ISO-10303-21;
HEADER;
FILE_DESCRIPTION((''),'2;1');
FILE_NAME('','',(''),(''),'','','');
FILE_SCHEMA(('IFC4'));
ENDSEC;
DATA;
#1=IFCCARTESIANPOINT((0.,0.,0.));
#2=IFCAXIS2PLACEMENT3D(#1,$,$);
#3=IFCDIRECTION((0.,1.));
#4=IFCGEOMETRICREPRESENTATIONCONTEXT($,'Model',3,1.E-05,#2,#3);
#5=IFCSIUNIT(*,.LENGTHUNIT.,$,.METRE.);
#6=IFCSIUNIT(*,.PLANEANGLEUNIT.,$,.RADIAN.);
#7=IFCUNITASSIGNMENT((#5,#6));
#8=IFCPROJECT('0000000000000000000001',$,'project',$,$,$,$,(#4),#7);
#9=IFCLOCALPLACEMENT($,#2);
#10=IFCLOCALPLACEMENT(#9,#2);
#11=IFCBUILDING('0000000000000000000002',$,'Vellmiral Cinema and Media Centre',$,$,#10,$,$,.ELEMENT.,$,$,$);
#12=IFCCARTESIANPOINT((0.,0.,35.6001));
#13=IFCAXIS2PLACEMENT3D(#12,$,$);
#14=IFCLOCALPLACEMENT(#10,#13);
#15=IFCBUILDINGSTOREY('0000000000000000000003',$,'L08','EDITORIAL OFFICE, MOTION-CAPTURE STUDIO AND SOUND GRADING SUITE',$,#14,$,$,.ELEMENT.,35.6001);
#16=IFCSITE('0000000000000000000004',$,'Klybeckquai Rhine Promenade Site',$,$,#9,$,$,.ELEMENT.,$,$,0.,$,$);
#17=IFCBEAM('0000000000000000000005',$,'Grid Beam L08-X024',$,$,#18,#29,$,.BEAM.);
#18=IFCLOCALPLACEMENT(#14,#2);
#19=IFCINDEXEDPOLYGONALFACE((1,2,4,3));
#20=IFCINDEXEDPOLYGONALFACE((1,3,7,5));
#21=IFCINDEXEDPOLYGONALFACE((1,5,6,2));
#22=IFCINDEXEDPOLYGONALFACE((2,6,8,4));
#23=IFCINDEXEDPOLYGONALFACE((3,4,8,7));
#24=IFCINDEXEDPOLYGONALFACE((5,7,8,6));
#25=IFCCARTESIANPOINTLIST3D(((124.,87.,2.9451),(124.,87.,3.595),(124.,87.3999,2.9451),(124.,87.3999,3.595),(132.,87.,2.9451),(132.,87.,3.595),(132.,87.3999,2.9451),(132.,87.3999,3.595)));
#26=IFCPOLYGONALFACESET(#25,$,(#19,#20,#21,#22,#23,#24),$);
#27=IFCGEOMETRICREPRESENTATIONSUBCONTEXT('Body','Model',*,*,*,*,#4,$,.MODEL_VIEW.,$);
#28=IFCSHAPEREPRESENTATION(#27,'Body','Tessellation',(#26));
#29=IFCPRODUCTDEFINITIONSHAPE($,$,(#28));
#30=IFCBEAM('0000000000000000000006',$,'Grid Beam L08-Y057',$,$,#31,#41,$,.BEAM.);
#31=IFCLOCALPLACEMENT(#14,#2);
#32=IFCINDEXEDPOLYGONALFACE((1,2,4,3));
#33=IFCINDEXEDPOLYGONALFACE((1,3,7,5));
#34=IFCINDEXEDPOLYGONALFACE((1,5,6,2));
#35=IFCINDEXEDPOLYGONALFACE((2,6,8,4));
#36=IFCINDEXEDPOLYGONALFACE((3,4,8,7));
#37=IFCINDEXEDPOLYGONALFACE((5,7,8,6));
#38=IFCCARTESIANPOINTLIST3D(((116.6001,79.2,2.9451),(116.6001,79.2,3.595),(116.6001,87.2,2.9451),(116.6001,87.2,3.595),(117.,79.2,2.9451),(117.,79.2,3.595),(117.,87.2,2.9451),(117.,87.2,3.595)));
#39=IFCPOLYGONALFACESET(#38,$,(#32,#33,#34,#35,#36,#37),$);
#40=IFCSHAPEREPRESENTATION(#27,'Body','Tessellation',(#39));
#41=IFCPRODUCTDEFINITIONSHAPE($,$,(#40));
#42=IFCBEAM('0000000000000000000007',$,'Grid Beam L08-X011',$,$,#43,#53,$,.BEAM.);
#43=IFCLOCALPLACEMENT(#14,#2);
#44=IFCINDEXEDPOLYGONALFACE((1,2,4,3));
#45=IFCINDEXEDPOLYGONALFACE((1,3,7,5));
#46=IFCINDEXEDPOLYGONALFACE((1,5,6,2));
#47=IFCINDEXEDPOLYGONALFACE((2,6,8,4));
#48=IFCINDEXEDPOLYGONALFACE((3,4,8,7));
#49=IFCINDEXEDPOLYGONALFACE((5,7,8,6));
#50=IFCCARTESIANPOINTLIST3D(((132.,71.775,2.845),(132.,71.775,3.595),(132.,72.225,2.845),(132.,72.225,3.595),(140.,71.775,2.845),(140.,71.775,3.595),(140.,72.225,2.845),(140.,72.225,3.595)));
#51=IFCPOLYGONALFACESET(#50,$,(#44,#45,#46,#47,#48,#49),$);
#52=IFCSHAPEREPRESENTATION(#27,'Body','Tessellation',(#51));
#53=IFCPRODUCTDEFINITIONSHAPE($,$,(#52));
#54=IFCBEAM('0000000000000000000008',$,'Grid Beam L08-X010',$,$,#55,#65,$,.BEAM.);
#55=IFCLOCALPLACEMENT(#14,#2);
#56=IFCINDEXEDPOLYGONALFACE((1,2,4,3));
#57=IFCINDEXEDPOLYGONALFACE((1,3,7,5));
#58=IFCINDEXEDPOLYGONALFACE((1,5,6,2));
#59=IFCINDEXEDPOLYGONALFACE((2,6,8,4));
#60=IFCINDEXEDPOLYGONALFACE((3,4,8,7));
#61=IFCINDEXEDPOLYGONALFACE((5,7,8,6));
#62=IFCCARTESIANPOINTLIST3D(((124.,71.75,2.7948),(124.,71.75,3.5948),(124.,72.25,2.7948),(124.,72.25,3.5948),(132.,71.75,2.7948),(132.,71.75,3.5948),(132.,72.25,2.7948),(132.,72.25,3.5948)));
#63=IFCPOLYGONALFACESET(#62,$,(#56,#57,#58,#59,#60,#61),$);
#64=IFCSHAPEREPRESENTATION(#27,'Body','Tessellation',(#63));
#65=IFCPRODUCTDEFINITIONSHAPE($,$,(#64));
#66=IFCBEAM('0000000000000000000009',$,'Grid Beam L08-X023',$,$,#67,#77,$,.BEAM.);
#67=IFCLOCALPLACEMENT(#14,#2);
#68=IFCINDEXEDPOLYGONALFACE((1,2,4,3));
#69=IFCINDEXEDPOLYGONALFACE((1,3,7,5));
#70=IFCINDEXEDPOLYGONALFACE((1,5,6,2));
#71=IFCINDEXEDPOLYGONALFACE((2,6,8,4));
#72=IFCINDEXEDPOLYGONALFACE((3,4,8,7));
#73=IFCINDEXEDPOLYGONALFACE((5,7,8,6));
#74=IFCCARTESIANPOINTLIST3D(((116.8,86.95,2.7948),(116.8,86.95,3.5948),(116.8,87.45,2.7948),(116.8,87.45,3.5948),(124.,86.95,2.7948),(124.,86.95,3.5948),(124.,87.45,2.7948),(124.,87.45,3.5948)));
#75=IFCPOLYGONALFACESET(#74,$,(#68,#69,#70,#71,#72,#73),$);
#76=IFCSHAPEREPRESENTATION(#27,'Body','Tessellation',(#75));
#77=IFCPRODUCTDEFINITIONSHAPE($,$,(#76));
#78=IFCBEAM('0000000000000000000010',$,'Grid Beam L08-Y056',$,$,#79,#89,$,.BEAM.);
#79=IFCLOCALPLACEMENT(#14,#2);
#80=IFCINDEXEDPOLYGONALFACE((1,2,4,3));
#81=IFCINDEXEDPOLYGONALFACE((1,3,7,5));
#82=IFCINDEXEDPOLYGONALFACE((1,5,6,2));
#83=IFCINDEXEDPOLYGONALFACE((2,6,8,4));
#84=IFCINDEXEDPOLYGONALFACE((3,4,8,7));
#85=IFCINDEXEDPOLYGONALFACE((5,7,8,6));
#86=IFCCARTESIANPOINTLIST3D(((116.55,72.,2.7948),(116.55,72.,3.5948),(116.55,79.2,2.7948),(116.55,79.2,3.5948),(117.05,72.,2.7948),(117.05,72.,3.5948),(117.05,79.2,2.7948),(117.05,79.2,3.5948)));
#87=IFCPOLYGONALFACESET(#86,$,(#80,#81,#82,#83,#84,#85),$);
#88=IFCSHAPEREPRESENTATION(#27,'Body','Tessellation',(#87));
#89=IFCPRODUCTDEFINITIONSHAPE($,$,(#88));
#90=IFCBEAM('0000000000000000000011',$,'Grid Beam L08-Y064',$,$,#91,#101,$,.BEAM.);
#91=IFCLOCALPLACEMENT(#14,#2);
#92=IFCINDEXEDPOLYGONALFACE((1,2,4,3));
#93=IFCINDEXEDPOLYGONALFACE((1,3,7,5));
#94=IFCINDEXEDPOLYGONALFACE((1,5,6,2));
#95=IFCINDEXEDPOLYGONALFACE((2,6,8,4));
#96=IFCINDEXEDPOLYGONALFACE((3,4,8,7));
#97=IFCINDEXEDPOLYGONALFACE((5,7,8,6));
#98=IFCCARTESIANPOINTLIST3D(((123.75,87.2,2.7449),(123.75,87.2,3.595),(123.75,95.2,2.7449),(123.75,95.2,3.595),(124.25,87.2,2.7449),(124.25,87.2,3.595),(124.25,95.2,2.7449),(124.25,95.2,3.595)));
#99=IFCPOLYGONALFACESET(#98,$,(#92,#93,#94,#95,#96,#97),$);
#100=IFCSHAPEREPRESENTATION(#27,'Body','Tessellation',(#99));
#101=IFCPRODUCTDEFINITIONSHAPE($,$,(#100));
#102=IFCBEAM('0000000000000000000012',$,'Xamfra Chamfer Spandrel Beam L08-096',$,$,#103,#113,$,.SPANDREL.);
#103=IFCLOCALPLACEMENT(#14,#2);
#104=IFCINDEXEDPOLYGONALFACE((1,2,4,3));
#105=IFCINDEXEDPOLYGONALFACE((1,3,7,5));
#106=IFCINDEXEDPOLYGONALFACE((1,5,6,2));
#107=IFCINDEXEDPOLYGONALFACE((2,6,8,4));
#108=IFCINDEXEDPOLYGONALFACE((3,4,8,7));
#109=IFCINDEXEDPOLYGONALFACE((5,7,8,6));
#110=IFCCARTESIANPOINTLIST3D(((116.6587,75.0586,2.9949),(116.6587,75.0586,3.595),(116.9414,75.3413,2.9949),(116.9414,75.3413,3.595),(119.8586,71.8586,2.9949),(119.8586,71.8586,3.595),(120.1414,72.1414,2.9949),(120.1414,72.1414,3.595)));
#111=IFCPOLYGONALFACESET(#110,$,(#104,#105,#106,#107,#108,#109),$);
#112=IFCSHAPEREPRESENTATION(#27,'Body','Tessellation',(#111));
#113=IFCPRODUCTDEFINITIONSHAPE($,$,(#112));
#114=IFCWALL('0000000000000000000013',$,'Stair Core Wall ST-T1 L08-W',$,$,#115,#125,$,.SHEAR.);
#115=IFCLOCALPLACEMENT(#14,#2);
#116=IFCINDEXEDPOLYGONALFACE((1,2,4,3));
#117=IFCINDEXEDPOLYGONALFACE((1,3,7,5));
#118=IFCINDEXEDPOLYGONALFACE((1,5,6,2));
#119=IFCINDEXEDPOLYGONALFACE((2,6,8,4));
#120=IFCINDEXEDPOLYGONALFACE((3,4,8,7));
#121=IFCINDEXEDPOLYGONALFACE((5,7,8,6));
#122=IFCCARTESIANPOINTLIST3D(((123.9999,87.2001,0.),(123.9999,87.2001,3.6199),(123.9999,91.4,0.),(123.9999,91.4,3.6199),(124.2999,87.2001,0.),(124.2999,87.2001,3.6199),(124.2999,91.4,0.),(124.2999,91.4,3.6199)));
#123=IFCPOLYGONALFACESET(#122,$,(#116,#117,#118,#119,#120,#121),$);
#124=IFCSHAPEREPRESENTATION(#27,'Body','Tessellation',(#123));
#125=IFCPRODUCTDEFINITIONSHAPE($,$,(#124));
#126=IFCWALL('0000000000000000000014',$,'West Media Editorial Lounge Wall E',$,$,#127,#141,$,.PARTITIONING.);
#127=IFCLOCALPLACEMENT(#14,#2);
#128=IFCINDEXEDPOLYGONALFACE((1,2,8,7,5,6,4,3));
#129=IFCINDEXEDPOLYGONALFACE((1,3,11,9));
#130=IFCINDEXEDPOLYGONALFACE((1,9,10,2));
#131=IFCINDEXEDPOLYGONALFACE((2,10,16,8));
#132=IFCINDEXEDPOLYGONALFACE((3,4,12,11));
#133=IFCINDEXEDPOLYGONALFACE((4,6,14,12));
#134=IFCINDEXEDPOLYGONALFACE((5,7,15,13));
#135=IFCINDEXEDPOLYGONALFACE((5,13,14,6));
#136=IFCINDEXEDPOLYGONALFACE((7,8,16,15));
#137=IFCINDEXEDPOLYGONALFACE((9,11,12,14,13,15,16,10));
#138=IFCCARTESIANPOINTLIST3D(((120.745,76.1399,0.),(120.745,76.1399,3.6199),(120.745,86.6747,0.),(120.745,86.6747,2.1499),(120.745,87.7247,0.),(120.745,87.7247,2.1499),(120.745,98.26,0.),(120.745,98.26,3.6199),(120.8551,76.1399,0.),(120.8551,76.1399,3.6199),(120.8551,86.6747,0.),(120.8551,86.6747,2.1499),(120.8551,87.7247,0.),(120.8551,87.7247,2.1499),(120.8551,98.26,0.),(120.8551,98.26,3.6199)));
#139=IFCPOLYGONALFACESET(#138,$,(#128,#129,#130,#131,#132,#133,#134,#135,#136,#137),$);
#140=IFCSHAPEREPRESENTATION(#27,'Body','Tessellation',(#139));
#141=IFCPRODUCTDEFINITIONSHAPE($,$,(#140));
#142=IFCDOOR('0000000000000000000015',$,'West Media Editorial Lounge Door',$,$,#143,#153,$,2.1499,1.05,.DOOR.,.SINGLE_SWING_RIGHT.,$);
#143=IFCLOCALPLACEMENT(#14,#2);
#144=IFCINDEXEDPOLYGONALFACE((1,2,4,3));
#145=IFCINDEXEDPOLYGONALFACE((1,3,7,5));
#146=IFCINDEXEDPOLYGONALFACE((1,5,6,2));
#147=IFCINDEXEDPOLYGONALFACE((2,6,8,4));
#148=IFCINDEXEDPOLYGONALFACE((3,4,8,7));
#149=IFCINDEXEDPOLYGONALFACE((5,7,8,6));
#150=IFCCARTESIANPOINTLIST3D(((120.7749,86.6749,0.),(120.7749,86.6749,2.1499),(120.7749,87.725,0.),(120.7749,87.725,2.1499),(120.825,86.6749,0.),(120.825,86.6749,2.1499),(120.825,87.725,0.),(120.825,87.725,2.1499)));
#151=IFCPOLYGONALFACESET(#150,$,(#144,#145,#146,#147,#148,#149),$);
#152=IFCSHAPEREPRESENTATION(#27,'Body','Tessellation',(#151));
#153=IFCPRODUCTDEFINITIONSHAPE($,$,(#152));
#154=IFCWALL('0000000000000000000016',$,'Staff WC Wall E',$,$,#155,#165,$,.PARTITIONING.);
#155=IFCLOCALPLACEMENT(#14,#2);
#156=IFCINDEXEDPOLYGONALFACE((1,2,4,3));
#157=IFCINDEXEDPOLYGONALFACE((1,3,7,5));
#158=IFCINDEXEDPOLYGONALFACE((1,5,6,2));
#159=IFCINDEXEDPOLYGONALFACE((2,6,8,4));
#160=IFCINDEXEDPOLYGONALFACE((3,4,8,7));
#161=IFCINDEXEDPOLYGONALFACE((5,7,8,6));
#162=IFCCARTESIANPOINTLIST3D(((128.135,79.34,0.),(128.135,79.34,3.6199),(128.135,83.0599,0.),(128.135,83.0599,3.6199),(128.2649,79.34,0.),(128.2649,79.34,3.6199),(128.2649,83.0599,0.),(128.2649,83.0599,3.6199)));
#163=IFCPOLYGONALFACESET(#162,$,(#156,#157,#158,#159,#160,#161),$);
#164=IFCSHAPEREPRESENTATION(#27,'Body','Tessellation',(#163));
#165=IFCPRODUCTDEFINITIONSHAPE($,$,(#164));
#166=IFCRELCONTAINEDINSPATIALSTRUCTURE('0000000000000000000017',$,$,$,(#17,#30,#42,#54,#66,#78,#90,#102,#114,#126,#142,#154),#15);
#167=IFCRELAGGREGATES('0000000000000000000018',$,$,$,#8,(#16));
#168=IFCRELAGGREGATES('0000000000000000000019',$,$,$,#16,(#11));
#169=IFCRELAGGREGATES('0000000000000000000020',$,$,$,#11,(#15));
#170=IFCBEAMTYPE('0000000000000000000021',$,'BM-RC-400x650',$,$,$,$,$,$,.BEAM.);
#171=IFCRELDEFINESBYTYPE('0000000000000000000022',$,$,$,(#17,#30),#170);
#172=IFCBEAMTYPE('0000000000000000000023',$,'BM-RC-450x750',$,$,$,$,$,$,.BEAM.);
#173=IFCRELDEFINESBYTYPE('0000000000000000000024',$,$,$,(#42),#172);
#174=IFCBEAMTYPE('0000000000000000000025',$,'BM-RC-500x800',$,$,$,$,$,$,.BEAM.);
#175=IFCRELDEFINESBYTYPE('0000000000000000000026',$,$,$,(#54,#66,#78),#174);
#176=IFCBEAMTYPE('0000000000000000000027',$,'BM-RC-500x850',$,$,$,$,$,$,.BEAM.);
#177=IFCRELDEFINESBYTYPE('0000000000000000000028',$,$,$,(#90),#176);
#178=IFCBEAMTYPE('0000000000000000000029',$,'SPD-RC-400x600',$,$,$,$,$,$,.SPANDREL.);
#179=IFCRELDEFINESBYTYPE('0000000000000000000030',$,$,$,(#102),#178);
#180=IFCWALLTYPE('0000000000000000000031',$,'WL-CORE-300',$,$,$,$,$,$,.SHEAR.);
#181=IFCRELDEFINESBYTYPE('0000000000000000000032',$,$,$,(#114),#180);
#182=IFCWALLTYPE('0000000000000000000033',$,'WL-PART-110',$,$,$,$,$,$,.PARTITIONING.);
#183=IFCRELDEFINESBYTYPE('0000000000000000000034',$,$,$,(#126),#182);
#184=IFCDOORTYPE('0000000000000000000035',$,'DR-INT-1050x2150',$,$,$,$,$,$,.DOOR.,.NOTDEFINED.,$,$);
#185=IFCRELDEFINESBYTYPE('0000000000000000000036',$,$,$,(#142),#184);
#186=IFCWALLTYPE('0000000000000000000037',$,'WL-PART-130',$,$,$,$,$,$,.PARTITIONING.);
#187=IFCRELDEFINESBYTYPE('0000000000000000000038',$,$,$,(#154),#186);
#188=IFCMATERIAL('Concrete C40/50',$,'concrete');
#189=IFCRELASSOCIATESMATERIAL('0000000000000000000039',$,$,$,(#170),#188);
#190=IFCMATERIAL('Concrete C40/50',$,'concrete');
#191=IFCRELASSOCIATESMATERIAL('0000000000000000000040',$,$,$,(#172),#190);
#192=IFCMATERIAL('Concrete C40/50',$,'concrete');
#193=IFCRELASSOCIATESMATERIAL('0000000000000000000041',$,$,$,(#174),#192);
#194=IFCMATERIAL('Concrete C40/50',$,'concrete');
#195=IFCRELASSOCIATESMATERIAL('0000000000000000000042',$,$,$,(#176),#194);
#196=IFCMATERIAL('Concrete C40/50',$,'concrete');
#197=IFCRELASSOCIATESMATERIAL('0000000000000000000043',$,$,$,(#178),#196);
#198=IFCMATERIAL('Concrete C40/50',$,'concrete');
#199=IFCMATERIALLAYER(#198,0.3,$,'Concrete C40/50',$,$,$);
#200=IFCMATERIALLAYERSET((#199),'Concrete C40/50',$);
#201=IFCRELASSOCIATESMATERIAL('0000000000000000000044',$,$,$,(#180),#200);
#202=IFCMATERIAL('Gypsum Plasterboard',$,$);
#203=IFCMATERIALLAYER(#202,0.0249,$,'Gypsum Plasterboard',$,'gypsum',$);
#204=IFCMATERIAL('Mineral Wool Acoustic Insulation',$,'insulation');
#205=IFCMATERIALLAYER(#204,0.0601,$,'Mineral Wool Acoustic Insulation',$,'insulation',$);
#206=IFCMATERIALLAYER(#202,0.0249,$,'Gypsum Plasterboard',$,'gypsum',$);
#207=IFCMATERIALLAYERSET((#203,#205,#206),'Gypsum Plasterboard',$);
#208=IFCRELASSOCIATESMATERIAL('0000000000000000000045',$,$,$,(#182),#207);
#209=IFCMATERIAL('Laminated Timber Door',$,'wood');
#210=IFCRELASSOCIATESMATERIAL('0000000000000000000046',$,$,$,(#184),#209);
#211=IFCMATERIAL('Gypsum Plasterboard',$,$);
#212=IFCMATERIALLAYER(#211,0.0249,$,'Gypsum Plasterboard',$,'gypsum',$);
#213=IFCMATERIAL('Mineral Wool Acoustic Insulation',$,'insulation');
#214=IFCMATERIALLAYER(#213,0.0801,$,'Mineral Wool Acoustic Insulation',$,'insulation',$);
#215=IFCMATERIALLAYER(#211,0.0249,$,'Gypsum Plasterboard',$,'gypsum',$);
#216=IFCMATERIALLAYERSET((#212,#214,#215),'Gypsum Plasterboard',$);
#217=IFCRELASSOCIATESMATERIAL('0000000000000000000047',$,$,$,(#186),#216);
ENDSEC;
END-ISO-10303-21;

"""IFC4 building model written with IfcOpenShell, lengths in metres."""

from ifc_helpers import new_model, si_unit, direction, frame, frame_2d, origin, origin_2d, place, context, subcontext, project, spatial, rectangle, extrude, material, layer, layer_set, material_profile, profile_set, type_object, element, fill, save


model = new_model("IFC4")

# Units and contexts
model_context = context("Model", 3, precision=1e-05, world=origin(), true_north=direction((0.0, 1.0)))
body_context = subcontext(model_context, "Body", "Model", "MODEL_VIEW")
ifc_project = project(units=[si_unit("LENGTHUNIT", "METRE"), si_unit("PLANEANGLEUNIT", "RADIAN")], contexts=[model_context])

# Site, building, storey
site_placement = place(None, origin())
site = spatial("IfcSite", under=ifc_project, at=site_placement, Name="Klybeckquai Rhine Promenade Site", CompositionType="ELEMENT", RefElevation=0.0)
building_placement = place(site_placement, origin())
building = spatial("IfcBuilding", under=site, at=building_placement, Name="Vellmiral Cinema and Media Centre", CompositionType="ELEMENT")
storey_placement = place(building_placement, frame((0.0, 0.0, 35.6001)))
storey = spatial("IfcBuildingStorey", under=building, at=storey_placement, Name="L08", Description="EDITORIAL OFFICE, MOTION-CAPTURE STUDIO AND SOUND GRADING SUITE", CompositionType="ELEMENT", Elevation=35.6001)

# Beams
ifc_material_1 = material(Name="Concrete C40/50", Category="concrete")
ifc_material_profile_1 = material_profile(ifc_material_1, rectangle(XDim=0.3999, YDim=0.6499, at=origin_2d()), Name="RC 400x650")
ifc_profile_set_1 = profile_set([ifc_material_profile_1], Name="Concrete C40/50")
beam_type_1 = type_object("IfcBeamType", Name="BM-RC-400x650", PredefinedType="BEAM", material=ifc_profile_set_1)
for number, where, z_axis, x_axis, name in (
    (1, (124.0, 87.2, 3.27), (1.0, 0.0, 0.0), (0.0, 1.0, 0.0), "Grid Beam L08-X024"),
    (2, (116.8, 79.2, 3.27), (0.0, 1.0, 0.0), (-1.0, 0.0, 0.0), "Grid Beam L08-Y057"),
):
    element("IfcBeam", number, at=place(storey_placement, frame(where, z_axis=z_axis, x_axis=x_axis)), inside=storey, type_object=beam_type_1, Name=name, PredefinedType="BEAM", context=body_context, shape_type="SweptSolid", body=[
        extrude(rectangle(XDim=0.3999, YDim=0.6499, at=origin_2d()), origin(), (0.0, 0.0, 1.0), 8.0),
    ])
ifc_material_2 = material(Name="Concrete C40/50", Category="concrete")
ifc_material_profile_2 = material_profile(ifc_material_2, rectangle(XDim=0.45, YDim=0.75, at=origin_2d()), Name="RC 450x750")
ifc_profile_set_2 = profile_set([ifc_material_profile_2], Name="Concrete C40/50")
beam_type_2 = type_object("IfcBeamType", Name="BM-RC-450x750", PredefinedType="BEAM", material=ifc_profile_set_2)
beam_1_placement = place(storey_placement, frame((132.0, 72.0, 3.22), z_axis=(1.0, 0.0, 0.0), x_axis=(0.0, 1.0, 0.0)))
element("IfcBeam", 3, at=beam_1_placement, inside=storey, type_object=beam_type_2, Name="Grid Beam L08-X011", PredefinedType="BEAM", context=body_context, shape_type="SweptSolid", body=[
    extrude(rectangle(XDim=0.45, YDim=0.75, at=origin_2d()), origin(), (0.0, 0.0, 1.0), 8.0),
])
ifc_material_3 = material(Name="Concrete C40/50", Category="concrete")
ifc_material_profile_3 = material_profile(ifc_material_3, rectangle(XDim=0.5, YDim=0.8, at=origin_2d()), Name="RC 500x800")
ifc_profile_set_3 = profile_set([ifc_material_profile_3], Name="Concrete C40/50")
beam_type_3 = type_object("IfcBeamType", Name="BM-RC-500x800", PredefinedType="BEAM", material=ifc_profile_set_3)
beam_2_placement = place(storey_placement, frame((124.0, 72.0, 3.1948), z_axis=(1.0, 0.0, 0.0), x_axis=(0.0, 1.0, 0.0)))
element("IfcBeam", 4, at=beam_2_placement, inside=storey, type_object=beam_type_3, Name="Grid Beam L08-X010", PredefinedType="BEAM", context=body_context, shape_type="SweptSolid", body=[
    extrude(rectangle(XDim=0.5, YDim=0.8, at=origin_2d()), origin(), (0.0, 0.0, 1.0), 8.0),
])
for number, where, z_axis, x_axis, name in (
    (5, (116.8, 87.2, 3.1948), (1.0, 0.0, 0.0), (0.0, 1.0, 0.0), "Grid Beam L08-X023"),
    (6, (116.8, 72.0, 3.1948), (0.0, 1.0, 0.0), (-1.0, 0.0, 0.0), "Grid Beam L08-Y056"),
):
    element("IfcBeam", number, at=place(storey_placement, frame(where, z_axis=z_axis, x_axis=x_axis)), inside=storey, type_object=beam_type_3, Name=name, PredefinedType="BEAM", context=body_context, shape_type="SweptSolid", body=[
        extrude(rectangle(XDim=0.5, YDim=0.8, at=origin_2d()), origin(), (0.0, 0.0, 1.0), 7.2),
    ])
ifc_material_4 = material(Name="Concrete C40/50", Category="concrete")
ifc_material_profile_4 = material_profile(ifc_material_4, rectangle(XDim=0.5, YDim=0.8501, at=origin_2d()), Name="RC 500x850")
ifc_profile_set_4 = profile_set([ifc_material_profile_4], Name="Concrete C40/50")
beam_type_4 = type_object("IfcBeamType", Name="BM-RC-500x850", PredefinedType="BEAM", material=ifc_profile_set_4)
beam_3_placement = place(storey_placement, frame((124.0, 87.2, 3.1699), z_axis=(0.0, 1.0, 0.0), x_axis=(-1.0, 0.0, 0.0)))
element("IfcBeam", 7, at=beam_3_placement, inside=storey, type_object=beam_type_4, Name="Grid Beam L08-Y064", PredefinedType="BEAM", context=body_context, shape_type="SweptSolid", body=[
    extrude(rectangle(XDim=0.5, YDim=0.8501, at=origin_2d()), origin(), (0.0, 0.0, 1.0), 8.0),
])
ifc_material_5 = material(Name="Concrete C40/50", Category="concrete")
ifc_material_profile_5 = material_profile(ifc_material_5, rectangle(XDim=0.3999, YDim=0.6001, at=origin_2d()), Name="RC 400x600")
ifc_profile_set_5 = profile_set([ifc_material_profile_5], Name="Concrete C40/50")
beam_type_5 = type_object("IfcBeamType", Name="SPD-RC-400x600", PredefinedType="SPANDREL", material=ifc_profile_set_5)
beam_4_placement = place(storey_placement, frame((116.8, 75.2, 3.2949), z_axis=(0.707107, -0.707107, 0.0), x_axis=(0.707107, 0.707107, 0.0)))
element("IfcBeam", 8, at=beam_4_placement, inside=storey, type_object=beam_type_5, Name="Xamfra Chamfer Spandrel Beam L08-096", PredefinedType="SPANDREL", context=body_context, shape_type="SweptSolid", body=[
    extrude(rectangle(XDim=0.3999, YDim=0.6001, at=origin_2d()), origin(), (0.0, 0.0, 1.0), 4.5254),
])

# Wall
ifc_material_6 = material(Name="Concrete C40/50", Category="concrete")
ifc_layer_1 = layer(ifc_material_6, 0.3, Name="Concrete C40/50")
ifc_layer_set_1 = layer_set([ifc_layer_1], Name="Concrete C40/50")
wall_type_1 = type_object("IfcWallType", Name="WL-CORE-300", PredefinedType="SHEAR", material=ifc_layer_set_1)
wall_1_placement = place(storey_placement, frame((124.1499, 87.2, 0.0), z_axis=(0.0, 0.0, 1.0), x_axis=(0.0, 1.0, 0.0)))
element("IfcWall", 9, at=wall_1_placement, inside=storey, type_object=wall_type_1, Name="Stair Core Wall ST-T1 L08-W", PredefinedType="SHEAR", context=body_context, shape_type="SweptSolid", body=[
    extrude(rectangle(XDim=4.2, YDim=0.3, at=frame_2d((2.1001, 0.0))), origin(), (0.0, 0.0, 1.0), 3.6199),
])

# Wall, opening, door
ifc_material_7 = material(Name="Gypsum Plasterboard")
ifc_layer_2 = layer(ifc_material_7, 0.0249, Name="Gypsum Plasterboard", Category="gypsum")
ifc_material_8 = material(Name="Mineral Wool Acoustic Insulation", Category="insulation")
ifc_layer_3 = layer(ifc_material_8, 0.0601, Name="Mineral Wool Acoustic Insulation", Category="insulation")
ifc_layer_4 = layer(ifc_material_7, 0.0249, Name="Gypsum Plasterboard", Category="gypsum")
ifc_layer_set_2 = layer_set([ifc_layer_2, ifc_layer_3, ifc_layer_4], Name="Gypsum Plasterboard")
wall_type_2 = type_object("IfcWallType", Name="WL-PART-110", PredefinedType="PARTITIONING", material=ifc_layer_set_2)
wall_2_placement = place(storey_placement, frame((120.8, 76.1399, 0.0), z_axis=(0.0, 0.0, 1.0), x_axis=(0.0, 1.0, 0.0)))
wall_2 = element("IfcWall", 10, at=wall_2_placement, inside=storey, type_object=wall_type_2, Name="West Media Editorial Lounge Wall E", PredefinedType="PARTITIONING", context=body_context, shape_type="SweptSolid", body=[
    extrude(rectangle(XDim=22.1201, YDim=0.1101, at=frame_2d((11.0601, 0.0))), origin(), (0.0, 0.0, 1.0), 3.6199),
])
opening_1_placement = place(wall_2_placement, frame((10.5349, 0.0, 0.0)))
opening_1 = element("IfcOpeningElement", 11, at=opening_1_placement, cuts=wall_2, PredefinedType="OPENING", context=body_context, shape_type="SweptSolid", body=[
    extrude(rectangle(XDim=1.05, YDim=2.1499, at=frame_2d((0.5249, 1.075))), frame((0.0, 0.0669, 0.0), z_axis=(0.0, -1.0, 0.0), x_axis=(1.0, 0.0, 0.0)), (0.0, 0.0, 1.0), 0.134),
])
ifc_material_9 = material(Name="Laminated Timber Door", Category="wood")
door_type_1 = type_object("IfcDoorType", Name="DR-INT-1050x2150", OperationType="NOTDEFINED", PredefinedType="DOOR", material=ifc_material_9)
door_1_placement = place(opening_1_placement, frame((1.05, 0.0, 0.0), z_axis=(0.0, 0.0, 1.0), x_axis=(-1.0, 0.0, 0.0)))
door_1 = element("IfcDoor", 12, at=door_1_placement, inside=storey, type_object=door_type_1, Name="West Media Editorial Lounge Door", OperationType="SINGLE_SWING_RIGHT", OverallHeight=2.1499, OverallWidth=1.05, PredefinedType="DOOR", context=body_context, shape_type="SweptSolid", body=[
    extrude(rectangle(XDim=1.05, YDim=2.1499, at=frame_2d((0.5249, 1.075))), frame((0.0, 0.0249, 0.0), z_axis=(0.0, -1.0, 0.0), x_axis=(1.0, 0.0, 0.0)), (0.0, 0.0, 1.0), 0.05),
])
fill(opening_1, door_1)

# Wall
ifc_material_10 = material(Name="Gypsum Plasterboard")
ifc_layer_5 = layer(ifc_material_10, 0.0249, Name="Gypsum Plasterboard", Category="gypsum")
ifc_material_11 = material(Name="Mineral Wool Acoustic Insulation", Category="insulation")
ifc_layer_6 = layer(ifc_material_11, 0.0801, Name="Mineral Wool Acoustic Insulation", Category="insulation")
ifc_layer_7 = layer(ifc_material_10, 0.0249, Name="Gypsum Plasterboard", Category="gypsum")
ifc_layer_set_3 = layer_set([ifc_layer_5, ifc_layer_6, ifc_layer_7], Name="Gypsum Plasterboard")
wall_type_3 = type_object("IfcWallType", Name="WL-PART-130", PredefinedType="PARTITIONING", material=ifc_layer_set_3)
wall_3_placement = place(storey_placement, frame((128.2, 79.3401, 0.0), z_axis=(0.0, 0.0, 1.0), x_axis=(0.0, 1.0, 0.0)))
element("IfcWall", 13, at=wall_3_placement, inside=storey, type_object=wall_type_3, Name="Staff WC Wall E", PredefinedType="PARTITIONING", context=body_context, shape_type="SweptSolid", body=[
    extrude(rectangle(XDim=3.72, YDim=0.1299, at=frame_2d((1.8599, 0.0))), origin(), (0.0, 0.0, 1.0), 3.6199),
])

save(model, "model.ifc")
